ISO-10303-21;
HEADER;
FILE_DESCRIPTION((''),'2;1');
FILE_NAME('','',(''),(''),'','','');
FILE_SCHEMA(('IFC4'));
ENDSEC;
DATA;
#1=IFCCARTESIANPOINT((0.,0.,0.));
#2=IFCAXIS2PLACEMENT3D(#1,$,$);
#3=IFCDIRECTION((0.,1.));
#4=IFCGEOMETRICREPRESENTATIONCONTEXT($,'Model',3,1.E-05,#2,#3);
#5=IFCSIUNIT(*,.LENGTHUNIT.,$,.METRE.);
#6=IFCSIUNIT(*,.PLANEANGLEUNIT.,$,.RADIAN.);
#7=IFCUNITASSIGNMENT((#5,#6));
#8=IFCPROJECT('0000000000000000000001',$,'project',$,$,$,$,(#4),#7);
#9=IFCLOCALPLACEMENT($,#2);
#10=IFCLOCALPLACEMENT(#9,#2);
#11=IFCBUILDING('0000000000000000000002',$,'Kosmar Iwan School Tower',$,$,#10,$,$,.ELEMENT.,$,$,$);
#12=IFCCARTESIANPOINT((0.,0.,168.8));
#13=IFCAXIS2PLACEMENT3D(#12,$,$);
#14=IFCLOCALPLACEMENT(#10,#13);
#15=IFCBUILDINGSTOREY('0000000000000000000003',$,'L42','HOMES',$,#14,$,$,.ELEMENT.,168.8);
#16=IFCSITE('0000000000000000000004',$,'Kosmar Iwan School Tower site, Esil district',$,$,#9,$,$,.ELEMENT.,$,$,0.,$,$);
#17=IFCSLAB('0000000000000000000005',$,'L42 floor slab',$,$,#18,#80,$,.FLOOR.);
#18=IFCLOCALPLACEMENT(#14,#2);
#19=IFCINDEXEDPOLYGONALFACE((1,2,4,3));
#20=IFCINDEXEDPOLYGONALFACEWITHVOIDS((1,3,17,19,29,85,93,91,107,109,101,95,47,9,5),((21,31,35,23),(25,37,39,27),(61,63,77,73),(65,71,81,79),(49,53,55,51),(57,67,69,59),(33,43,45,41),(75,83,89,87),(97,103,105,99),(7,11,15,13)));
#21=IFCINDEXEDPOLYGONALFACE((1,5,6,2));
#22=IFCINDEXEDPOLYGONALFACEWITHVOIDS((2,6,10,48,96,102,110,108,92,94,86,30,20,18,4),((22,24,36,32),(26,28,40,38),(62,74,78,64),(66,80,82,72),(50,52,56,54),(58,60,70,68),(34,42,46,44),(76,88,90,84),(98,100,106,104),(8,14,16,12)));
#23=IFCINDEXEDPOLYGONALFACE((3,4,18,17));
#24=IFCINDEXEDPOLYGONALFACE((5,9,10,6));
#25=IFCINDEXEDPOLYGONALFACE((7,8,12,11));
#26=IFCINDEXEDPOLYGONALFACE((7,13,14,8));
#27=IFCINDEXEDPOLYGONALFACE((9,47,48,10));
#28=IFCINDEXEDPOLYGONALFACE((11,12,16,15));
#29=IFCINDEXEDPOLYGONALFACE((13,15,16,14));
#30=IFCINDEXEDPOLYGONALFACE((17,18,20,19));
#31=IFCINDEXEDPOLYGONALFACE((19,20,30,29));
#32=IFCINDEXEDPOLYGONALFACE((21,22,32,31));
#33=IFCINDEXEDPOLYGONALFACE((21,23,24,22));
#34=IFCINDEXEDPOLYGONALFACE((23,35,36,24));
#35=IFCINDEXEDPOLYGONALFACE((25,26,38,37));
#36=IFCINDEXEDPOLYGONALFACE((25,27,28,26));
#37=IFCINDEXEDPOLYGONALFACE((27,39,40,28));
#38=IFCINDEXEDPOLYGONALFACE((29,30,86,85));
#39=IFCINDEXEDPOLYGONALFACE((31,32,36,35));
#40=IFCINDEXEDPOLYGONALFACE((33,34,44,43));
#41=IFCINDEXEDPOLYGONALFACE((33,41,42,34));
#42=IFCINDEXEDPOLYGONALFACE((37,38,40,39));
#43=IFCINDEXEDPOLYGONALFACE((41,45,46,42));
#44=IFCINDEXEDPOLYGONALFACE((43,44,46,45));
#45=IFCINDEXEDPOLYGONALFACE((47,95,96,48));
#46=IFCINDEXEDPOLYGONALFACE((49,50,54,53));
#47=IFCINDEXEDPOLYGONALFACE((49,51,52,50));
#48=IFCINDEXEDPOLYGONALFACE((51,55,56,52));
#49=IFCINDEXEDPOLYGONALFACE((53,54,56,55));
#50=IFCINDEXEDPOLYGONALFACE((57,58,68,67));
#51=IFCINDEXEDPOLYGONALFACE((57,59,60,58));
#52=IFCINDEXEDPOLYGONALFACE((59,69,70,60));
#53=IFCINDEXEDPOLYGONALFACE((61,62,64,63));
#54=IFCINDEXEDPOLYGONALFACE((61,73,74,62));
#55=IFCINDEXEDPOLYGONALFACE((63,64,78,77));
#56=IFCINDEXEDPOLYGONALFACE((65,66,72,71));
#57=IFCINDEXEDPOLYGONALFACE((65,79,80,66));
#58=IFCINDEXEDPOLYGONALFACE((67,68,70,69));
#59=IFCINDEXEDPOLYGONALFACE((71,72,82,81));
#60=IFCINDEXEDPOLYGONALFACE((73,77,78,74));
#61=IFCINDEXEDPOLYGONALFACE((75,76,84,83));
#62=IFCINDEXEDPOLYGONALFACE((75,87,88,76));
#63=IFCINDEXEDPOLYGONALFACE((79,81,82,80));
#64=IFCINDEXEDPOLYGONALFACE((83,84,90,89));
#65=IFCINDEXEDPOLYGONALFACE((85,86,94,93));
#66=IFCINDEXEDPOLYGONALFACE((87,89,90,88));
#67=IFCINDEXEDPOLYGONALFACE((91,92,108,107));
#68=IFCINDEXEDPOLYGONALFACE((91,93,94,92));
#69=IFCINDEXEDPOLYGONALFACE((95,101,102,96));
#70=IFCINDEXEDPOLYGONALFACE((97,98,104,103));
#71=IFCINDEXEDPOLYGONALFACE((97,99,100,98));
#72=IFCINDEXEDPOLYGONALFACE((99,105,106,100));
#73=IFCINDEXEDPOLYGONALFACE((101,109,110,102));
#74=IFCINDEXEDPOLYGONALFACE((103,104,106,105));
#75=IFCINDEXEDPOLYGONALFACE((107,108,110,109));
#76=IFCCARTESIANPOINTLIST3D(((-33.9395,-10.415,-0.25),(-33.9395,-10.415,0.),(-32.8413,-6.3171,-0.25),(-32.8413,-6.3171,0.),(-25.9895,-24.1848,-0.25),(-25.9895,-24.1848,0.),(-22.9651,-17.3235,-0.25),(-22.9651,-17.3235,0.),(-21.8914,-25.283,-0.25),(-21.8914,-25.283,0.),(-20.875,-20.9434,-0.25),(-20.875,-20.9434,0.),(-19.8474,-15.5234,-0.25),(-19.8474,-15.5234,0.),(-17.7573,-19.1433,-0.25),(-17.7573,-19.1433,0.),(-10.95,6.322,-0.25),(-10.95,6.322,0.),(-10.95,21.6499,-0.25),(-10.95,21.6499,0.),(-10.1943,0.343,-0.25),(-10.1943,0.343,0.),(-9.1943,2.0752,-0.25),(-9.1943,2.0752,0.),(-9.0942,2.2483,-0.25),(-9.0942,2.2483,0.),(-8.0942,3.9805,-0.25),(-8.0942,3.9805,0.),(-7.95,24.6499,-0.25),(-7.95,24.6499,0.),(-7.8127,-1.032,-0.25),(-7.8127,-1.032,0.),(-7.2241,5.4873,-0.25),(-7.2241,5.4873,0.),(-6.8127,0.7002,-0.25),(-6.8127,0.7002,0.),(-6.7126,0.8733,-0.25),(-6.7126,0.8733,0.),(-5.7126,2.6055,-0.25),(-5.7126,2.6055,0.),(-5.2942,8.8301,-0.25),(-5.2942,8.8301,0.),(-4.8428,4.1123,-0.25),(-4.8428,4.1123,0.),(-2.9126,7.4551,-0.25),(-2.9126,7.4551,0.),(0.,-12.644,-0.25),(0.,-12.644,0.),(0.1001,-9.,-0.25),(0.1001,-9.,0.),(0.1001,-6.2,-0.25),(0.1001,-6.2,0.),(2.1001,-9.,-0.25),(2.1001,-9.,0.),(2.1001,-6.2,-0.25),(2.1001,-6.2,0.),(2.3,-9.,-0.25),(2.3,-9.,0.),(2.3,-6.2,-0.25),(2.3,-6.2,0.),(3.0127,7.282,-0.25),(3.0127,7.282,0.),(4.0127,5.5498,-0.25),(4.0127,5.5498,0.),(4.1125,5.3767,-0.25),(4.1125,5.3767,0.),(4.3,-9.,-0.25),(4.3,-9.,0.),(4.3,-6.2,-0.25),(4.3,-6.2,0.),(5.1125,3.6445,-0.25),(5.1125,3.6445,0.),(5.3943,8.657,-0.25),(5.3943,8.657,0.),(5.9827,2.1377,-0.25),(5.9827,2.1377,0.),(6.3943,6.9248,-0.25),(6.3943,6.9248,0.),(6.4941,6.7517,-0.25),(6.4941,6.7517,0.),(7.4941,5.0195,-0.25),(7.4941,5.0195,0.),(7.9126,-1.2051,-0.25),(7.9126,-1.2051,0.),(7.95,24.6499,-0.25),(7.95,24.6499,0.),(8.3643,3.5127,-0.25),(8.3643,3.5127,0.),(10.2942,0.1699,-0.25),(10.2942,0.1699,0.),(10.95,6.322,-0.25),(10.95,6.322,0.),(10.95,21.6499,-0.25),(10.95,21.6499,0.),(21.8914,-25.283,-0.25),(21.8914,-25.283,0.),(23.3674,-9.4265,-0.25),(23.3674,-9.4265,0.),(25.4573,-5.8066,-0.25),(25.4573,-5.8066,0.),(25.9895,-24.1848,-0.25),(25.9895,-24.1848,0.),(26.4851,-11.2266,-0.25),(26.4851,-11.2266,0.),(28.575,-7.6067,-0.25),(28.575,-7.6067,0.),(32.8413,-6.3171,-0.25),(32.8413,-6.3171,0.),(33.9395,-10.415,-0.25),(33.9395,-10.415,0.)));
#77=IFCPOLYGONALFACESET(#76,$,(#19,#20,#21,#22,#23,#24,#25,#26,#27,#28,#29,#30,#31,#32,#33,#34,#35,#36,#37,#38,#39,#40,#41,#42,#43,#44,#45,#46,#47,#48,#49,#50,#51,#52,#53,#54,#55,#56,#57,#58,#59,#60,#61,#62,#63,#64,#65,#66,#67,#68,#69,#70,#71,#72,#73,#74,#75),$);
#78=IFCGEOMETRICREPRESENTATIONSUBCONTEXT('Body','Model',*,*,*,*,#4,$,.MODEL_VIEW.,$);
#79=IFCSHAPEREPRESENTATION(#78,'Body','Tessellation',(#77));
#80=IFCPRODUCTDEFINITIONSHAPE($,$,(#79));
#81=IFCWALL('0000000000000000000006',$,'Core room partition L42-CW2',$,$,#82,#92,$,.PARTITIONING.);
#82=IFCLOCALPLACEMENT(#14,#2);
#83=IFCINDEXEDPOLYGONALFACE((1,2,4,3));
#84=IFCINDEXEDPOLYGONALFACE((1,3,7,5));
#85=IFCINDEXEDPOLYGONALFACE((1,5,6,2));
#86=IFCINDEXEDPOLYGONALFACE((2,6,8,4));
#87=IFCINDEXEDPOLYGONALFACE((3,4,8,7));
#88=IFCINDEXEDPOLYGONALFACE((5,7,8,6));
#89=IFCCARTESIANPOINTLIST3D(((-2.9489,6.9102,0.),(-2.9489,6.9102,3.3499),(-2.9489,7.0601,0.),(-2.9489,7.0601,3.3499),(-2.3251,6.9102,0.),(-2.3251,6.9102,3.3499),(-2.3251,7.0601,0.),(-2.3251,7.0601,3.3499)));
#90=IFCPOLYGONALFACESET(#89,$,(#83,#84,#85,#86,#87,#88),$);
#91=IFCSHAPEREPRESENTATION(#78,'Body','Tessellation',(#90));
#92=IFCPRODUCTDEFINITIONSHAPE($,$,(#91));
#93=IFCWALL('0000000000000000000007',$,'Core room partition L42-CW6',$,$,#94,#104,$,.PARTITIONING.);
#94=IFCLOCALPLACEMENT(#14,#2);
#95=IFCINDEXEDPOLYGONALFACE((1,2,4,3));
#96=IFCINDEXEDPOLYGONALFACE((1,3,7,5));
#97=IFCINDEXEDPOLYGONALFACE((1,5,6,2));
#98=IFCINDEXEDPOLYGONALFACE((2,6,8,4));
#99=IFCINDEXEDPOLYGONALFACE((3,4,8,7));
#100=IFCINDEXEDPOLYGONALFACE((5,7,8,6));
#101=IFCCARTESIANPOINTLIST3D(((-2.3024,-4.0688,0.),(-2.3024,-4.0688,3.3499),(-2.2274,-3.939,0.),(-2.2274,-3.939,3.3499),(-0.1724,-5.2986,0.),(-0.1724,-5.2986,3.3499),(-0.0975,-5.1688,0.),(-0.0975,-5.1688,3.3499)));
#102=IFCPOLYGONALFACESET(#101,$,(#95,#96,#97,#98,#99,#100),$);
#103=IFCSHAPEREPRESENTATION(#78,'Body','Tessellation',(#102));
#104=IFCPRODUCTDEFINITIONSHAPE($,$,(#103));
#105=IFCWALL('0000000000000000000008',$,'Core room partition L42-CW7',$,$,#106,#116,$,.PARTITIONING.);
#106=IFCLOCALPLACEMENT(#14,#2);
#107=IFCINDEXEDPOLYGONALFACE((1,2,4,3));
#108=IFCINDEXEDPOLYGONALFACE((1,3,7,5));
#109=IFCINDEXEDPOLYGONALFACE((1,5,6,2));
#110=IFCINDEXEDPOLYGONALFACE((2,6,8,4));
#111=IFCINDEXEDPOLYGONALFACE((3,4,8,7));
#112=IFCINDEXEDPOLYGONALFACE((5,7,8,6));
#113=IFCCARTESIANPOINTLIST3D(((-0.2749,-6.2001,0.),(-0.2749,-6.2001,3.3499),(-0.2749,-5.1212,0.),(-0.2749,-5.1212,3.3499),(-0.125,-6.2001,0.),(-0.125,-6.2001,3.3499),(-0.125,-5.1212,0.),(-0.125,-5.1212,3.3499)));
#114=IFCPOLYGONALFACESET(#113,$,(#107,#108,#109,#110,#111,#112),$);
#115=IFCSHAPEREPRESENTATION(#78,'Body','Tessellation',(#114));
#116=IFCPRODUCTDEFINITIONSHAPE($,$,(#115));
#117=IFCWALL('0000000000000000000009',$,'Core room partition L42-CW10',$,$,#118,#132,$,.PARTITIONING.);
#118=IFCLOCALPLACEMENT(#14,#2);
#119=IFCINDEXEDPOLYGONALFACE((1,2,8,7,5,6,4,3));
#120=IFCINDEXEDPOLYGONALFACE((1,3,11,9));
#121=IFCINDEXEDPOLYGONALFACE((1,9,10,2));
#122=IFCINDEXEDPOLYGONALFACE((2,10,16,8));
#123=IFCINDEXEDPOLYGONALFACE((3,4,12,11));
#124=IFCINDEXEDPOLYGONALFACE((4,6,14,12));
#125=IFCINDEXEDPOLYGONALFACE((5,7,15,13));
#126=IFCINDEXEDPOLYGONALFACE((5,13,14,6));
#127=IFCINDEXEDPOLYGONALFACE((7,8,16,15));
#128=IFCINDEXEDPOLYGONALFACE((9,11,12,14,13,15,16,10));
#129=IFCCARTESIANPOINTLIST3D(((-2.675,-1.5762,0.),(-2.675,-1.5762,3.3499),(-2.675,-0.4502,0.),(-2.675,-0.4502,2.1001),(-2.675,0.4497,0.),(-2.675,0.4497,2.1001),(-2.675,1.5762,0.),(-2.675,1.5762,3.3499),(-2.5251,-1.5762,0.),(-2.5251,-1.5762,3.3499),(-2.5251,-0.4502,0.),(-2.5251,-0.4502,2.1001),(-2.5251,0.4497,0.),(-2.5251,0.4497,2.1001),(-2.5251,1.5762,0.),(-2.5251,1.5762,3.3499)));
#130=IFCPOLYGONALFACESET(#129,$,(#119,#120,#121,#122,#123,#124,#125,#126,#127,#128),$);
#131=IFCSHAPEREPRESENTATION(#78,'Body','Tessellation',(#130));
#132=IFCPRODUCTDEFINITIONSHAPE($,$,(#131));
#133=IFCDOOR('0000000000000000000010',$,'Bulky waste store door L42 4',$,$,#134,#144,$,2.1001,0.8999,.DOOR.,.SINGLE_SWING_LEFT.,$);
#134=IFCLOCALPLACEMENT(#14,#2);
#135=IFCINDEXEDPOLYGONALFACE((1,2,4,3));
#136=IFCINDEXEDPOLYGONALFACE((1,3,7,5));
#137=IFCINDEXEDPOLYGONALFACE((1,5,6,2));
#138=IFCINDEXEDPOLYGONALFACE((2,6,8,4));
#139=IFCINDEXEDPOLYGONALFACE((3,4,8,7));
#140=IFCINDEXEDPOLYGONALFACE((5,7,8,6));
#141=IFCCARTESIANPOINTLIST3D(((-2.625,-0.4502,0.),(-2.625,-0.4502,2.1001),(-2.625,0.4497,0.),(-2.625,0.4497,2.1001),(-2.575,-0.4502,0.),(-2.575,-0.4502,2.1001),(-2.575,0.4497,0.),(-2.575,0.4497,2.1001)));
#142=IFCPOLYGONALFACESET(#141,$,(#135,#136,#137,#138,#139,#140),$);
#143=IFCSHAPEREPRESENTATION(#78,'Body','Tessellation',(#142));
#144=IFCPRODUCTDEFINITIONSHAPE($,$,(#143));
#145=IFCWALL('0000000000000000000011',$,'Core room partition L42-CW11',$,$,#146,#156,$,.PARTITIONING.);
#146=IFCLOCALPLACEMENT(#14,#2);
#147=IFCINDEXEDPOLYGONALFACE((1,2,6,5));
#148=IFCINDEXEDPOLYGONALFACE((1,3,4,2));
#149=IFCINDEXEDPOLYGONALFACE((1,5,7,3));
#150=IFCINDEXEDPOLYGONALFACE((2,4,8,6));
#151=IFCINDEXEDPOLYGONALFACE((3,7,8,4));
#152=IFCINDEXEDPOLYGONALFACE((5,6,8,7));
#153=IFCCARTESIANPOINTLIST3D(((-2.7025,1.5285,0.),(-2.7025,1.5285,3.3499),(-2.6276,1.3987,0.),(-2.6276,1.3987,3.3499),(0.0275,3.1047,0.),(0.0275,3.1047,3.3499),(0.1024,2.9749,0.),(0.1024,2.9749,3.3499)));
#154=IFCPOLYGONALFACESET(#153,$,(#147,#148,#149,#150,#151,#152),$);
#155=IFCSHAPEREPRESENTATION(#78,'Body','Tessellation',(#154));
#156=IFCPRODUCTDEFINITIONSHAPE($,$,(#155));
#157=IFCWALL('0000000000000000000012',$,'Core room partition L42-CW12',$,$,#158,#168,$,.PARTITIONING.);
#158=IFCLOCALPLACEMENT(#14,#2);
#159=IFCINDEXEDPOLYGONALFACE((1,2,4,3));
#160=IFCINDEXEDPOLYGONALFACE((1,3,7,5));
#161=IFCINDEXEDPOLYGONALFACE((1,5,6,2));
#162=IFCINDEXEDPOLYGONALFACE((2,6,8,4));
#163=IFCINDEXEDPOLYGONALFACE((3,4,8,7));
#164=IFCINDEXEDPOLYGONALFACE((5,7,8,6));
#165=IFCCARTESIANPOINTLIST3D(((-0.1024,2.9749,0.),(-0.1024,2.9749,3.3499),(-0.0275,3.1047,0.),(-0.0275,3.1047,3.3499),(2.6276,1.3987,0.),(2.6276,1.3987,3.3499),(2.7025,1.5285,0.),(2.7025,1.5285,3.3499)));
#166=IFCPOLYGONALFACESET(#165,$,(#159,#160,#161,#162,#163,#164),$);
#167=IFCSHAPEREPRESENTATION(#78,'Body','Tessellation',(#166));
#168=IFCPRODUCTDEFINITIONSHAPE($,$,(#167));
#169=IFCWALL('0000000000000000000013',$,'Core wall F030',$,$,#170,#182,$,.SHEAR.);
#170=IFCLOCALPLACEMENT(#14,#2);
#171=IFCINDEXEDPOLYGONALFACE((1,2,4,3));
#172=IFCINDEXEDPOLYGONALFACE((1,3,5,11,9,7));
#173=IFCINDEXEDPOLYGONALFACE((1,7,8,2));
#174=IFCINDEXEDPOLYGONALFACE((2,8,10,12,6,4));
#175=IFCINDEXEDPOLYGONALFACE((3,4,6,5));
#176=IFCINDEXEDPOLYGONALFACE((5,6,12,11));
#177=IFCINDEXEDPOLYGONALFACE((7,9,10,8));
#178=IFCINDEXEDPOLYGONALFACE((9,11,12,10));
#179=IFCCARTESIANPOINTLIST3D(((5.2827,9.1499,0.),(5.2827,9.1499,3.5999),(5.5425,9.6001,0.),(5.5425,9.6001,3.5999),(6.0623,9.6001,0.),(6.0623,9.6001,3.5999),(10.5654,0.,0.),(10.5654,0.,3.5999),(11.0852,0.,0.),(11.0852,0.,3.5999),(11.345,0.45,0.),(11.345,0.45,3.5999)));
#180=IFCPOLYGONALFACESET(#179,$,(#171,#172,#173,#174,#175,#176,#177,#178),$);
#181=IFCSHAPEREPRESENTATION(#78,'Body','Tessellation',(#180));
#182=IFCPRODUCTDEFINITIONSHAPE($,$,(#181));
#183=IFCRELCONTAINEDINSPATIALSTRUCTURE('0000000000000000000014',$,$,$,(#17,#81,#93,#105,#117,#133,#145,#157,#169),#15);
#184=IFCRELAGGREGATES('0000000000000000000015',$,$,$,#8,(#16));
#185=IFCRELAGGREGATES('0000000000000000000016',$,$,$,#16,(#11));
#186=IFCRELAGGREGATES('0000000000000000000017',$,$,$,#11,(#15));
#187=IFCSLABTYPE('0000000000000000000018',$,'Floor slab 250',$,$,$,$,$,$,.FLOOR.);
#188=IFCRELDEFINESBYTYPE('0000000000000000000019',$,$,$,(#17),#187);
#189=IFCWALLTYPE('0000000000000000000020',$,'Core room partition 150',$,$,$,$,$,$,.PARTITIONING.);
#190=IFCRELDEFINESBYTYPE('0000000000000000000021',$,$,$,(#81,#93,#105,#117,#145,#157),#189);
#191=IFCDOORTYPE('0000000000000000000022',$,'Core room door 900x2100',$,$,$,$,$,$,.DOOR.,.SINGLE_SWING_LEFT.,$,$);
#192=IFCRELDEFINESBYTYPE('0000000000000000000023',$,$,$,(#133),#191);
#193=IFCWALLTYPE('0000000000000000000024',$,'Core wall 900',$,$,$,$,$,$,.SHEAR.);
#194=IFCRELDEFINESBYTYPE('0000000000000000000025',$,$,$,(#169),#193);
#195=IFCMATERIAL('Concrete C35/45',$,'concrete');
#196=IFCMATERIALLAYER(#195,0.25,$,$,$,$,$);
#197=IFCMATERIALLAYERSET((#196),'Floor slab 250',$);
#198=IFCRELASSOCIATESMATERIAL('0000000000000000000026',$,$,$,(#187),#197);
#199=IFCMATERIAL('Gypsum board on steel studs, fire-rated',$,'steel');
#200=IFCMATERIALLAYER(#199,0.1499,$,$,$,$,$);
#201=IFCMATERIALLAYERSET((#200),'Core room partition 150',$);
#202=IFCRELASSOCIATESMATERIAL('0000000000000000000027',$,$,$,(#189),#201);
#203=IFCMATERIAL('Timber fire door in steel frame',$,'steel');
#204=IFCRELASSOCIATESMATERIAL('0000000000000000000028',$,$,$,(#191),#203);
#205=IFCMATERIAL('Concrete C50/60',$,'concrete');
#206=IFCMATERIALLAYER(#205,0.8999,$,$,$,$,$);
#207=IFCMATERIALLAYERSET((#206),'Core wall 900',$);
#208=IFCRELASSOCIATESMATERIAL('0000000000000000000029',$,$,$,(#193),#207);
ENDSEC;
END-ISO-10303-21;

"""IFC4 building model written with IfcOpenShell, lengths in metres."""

from ifc_helpers import new_model, si_unit, direction, frame, frame_2d, origin, place, context, subcontext, project, spatial, polyline, rectangle, outline, extrude, material, layer, layer_set, type_object, element, fill, save


model = new_model("IFC4")

# Units and contexts
model_context = context("Model", 3, precision=1e-05, world=origin(), true_north=direction((0.0, 1.0)))
body_context = subcontext(model_context, "Body", "Model", "MODEL_VIEW")
ifc_project = project(units=[si_unit("LENGTHUNIT", "METRE"), si_unit("PLANEANGLEUNIT", "RADIAN")], contexts=[model_context])

# Site, building, storey
site_placement = place(None, origin())
site = spatial("IfcSite", under=ifc_project, at=site_placement, Name="Kosmar Iwan School Tower site, Esil district", CompositionType="ELEMENT", RefElevation=0.0)
building_placement = place(site_placement, origin())
building = spatial("IfcBuilding", under=site, at=building_placement, Name="Kosmar Iwan School Tower", CompositionType="ELEMENT")
storey_placement = place(building_placement, frame((0.0, 0.0, 168.8)))
storey = spatial("IfcBuildingStorey", under=building, at=storey_placement, Name="L42", Description="HOMES", CompositionType="ELEMENT", Elevation=168.8)

# Slab
ifc_material_1 = material(Name="Concrete C35/45", Category="concrete")
ifc_layer_1 = layer(ifc_material_1, 0.25)
ifc_layer_set_1 = layer_set([ifc_layer_1], Name="Floor slab 250")
slab_type = type_object("IfcSlabType", Name="Floor slab 250", PredefinedType="FLOOR", material=ifc_layer_set_1)
slab_placement = place(storey_placement, frame((0.0, 0.0, -0.25)))
element("IfcSlab", 1, at=slab_placement, inside=storey, type_object=slab_type, Name="L42 floor slab", PredefinedType="FLOOR", context=body_context, shape_type="SweptSolid", body=[
    extrude(outline(polyline([(-21.8914, -25.283), (0.0, -12.644), (21.8914, -25.283), (25.9895, -24.1848), (33.9395, -10.415), (32.8413, -6.3171), (10.95, 6.322), (10.95, 21.6499), (7.95, 24.6499), (-7.95, 24.6499), (-10.95, 21.6499), (-10.95, 6.322), (-32.8413, -6.3171), (-33.9395, -10.415), (-25.9895, -24.1848), (-21.8914, -25.283)]), holes=[polyline([(7.9126, -1.2051), (10.2942, 0.1699), (8.3643, 3.5127), (5.9827, 2.1377), (7.9126, -1.2051)]), polyline([(-2.9126, 7.4551), (-5.2942, 8.8301), (-7.2241, 5.4873), (-4.8428, 4.1123), (-2.9126, 7.4551)]), polyline([(-5.7126, 2.6055), (-8.0942, 3.9805), (-9.0942, 2.2483), (-6.7126, 0.8733), (-5.7126, 2.6055)]), polyline([(-6.8127, 0.7002), (-9.1943, 2.0752), (-10.1943, 0.343), (-7.8127, -1.032), (-6.8127, 0.7002)]), polyline([(5.1125, 3.6445), (7.4941, 5.0195), (6.4941, 6.7517), (4.1125, 5.3767), (5.1125, 3.6445)]), polyline([(4.0127, 5.5498), (6.3943, 6.9248), (5.3943, 8.657), (3.0127, 7.282), (4.0127, 5.5498)]), polyline([(0.1001, -6.2), (0.1001, -9.0), (2.1001, -9.0), (2.1001, -6.2), (0.1001, -6.2)]), polyline([(2.3, -6.2), (2.3, -9.0), (4.3, -9.0), (4.3, -6.2), (2.3, -6.2)]), polyline([(-19.8474, -15.5234), (-22.9651, -17.3235), (-20.875, -20.9434), (-17.7573, -19.1433), (-19.8474, -15.5234)]), polyline([(23.3674, -9.4265), (26.4851, -11.2266), (28.575, -7.6067), (25.4573, -5.8066), (23.3674, -9.4265)])]), origin(), (0.0, 0.0, 1.0), 0.25),
])

# Walls
ifc_material_2 = material(Name="Gypsum board on steel studs, fire-rated", Category="steel")
ifc_layer_2 = layer(ifc_material_2, 0.1499)
ifc_layer_set_2 = layer_set([ifc_layer_2], Name="Core room partition 150")
wall_type_1 = type_object("IfcWallType", Name="Core room partition 150", PredefinedType="PARTITIONING", material=ifc_layer_set_2)
wall_1_placement = place(storey_placement, frame((-2.325, 6.9851, 0.0), z_axis=(0.0, 0.0, 1.0), x_axis=(-1.0, 0.0, 0.0)))
element("IfcWall", 2, at=wall_1_placement, inside=storey, type_object=wall_type_1, Name="Core room partition L42-CW2", PredefinedType="PARTITIONING", context=body_context, shape_type="SweptSolid", body=[
    extrude(rectangle(XDim=0.6238, YDim=0.1499, at=frame_2d((0.312, 0.0))), origin(), (0.0, 0.0, 1.0), 3.3499),
])
wall_2_placement = place(storey_placement, frame((-2.2649, -4.0039, 0.0), z_axis=(0.0, 0.0, 1.0), x_axis=(0.866017, -0.500015, 0.0)))
element("IfcWall", 3, at=wall_2_placement, inside=storey, type_object=wall_type_1, Name="Core room partition L42-CW6", PredefinedType="PARTITIONING", context=body_context, shape_type="SweptSolid", body=[
    extrude(rectangle(XDim=2.4595, YDim=0.1499, at=frame_2d((1.2297, 0.0))), origin(), (0.0, 0.0, 1.0), 3.3499),
])
wall_3_placement = place(storey_placement, frame((-0.2, -5.1211, 0.0), z_axis=(0.0, 0.0, 1.0), x_axis=(0.0, -1.0, 0.0)))
element("IfcWall", 4, at=wall_3_placement, inside=storey, type_object=wall_type_1, Name="Core room partition L42-CW7", PredefinedType="PARTITIONING", context=body_context, shape_type="SweptSolid", body=[
    extrude(rectangle(XDim=1.0789, YDim=0.1499, at=frame_2d((0.5396, 0.0))), origin(), (0.0, 0.0, 1.0), 3.3499),
])

# Wall, opening, door
wall_4_placement = place(storey_placement, frame((-2.6001, -1.5762, 0.0), z_axis=(0.0, 0.0, 1.0), x_axis=(0.0, 1.0, 0.0)))
wall_4 = element("IfcWall", 5, at=wall_4_placement, inside=storey, type_object=wall_type_1, Name="Core room partition L42-CW10", PredefinedType="PARTITIONING", context=body_context, shape_type="SweptSolid", body=[
    extrude(rectangle(XDim=3.1523, YDim=0.1499, at=frame_2d((1.5762, 0.0))), origin(), (0.0, 0.0, 1.0), 3.3499),
])
opening_1_placement = place(wall_4_placement, frame((1.126, 0.0, 0.0)))
opening_1 = element("IfcOpeningElement", 6, at=opening_1_placement, cuts=wall_4, PredefinedType="OPENING", context=body_context, shape_type="SweptSolid", body=[
    extrude(rectangle(XDim=0.8999, YDim=2.1001, at=frame_2d((0.45, 1.05))), frame((0.0, 0.0869, 0.0), z_axis=(0.0, -1.0, 0.0), x_axis=(1.0, 0.0, 0.0)), (0.0, 0.0, 1.0), 0.1738),
])
ifc_material_3 = material(Name="Timber fire door in steel frame", Category="steel")
door_type_1 = type_object("IfcDoorType", Name="Core room door 900x2100", OperationType="SINGLE_SWING_LEFT", PredefinedType="DOOR", material=ifc_material_3)
door_1_placement = place(opening_1_placement, origin())
door_1 = element("IfcDoor", 7, at=door_1_placement, inside=storey, type_object=door_type_1, Name="Bulky waste store door L42 4", OperationType="SINGLE_SWING_LEFT", OverallHeight=2.1001, OverallWidth=0.8999, PredefinedType="DOOR", context=body_context, shape_type="SweptSolid", body=[
    extrude(rectangle(XDim=0.8999, YDim=2.1001, at=frame_2d((0.45, 1.05))), frame((0.0, 0.0249, 0.0), z_axis=(0.0, -1.0, 0.0), x_axis=(1.0, 0.0, 0.0)), (0.0, 0.0, 1.0), 0.05),
])
fill(opening_1, door_1)

# Walls
for number, where, z_axis, x_axis, name in (
    (8, (-2.665, 1.4636, 0.0), (0.0, 0.0, 1.0), (0.866023, 0.500004, 0.0), "Core room partition L42-CW11"),
    (9, (-0.0649, 3.0398, 0.0), (0.0, 0.0, 1.0), (0.866023, -0.500004, 0.0), "Core room partition L42-CW12"),
):
    element("IfcWall", number, at=place(storey_placement, frame(where, z_axis=z_axis, x_axis=x_axis)), inside=storey, type_object=wall_type_1, Name=name, PredefinedType="PARTITIONING", context=body_context, shape_type="SweptSolid", body=[
        extrude(rectangle(XDim=3.1523, YDim=0.1499, at=frame_2d((1.5762, 0.0))), origin(), (0.0, 0.0, 1.0), 3.3499),
    ])
ifc_material_4 = material(Name="Concrete C50/60", Category="concrete")
ifc_layer_3 = layer(ifc_material_4, 0.8999)
ifc_layer_set_3 = layer_set([ifc_layer_3], Name="Core wall 900")
wall_type_2 = type_object("IfcWallType", Name="Core wall 900", PredefinedType="SHEAR", material=ifc_layer_set_3)
wall_5_placement = place(storey_placement, origin())
element("IfcWall", 10, at=wall_5_placement, inside=storey, type_object=wall_type_2, Name="Core wall F030", PredefinedType="SHEAR", context=body_context, shape_type="SweptSolid", body=[
    extrude(outline(polyline([(10.5654, 0.0), (11.0852, 0.0), (11.345, 0.45), (6.0623, 9.6001), (5.5425, 9.6001), (5.2827, 9.1499), (10.5654, 0.0)])), origin(), (0.0, 0.0, 1.0), 3.5999),
])

save(model, "model.ifc")
